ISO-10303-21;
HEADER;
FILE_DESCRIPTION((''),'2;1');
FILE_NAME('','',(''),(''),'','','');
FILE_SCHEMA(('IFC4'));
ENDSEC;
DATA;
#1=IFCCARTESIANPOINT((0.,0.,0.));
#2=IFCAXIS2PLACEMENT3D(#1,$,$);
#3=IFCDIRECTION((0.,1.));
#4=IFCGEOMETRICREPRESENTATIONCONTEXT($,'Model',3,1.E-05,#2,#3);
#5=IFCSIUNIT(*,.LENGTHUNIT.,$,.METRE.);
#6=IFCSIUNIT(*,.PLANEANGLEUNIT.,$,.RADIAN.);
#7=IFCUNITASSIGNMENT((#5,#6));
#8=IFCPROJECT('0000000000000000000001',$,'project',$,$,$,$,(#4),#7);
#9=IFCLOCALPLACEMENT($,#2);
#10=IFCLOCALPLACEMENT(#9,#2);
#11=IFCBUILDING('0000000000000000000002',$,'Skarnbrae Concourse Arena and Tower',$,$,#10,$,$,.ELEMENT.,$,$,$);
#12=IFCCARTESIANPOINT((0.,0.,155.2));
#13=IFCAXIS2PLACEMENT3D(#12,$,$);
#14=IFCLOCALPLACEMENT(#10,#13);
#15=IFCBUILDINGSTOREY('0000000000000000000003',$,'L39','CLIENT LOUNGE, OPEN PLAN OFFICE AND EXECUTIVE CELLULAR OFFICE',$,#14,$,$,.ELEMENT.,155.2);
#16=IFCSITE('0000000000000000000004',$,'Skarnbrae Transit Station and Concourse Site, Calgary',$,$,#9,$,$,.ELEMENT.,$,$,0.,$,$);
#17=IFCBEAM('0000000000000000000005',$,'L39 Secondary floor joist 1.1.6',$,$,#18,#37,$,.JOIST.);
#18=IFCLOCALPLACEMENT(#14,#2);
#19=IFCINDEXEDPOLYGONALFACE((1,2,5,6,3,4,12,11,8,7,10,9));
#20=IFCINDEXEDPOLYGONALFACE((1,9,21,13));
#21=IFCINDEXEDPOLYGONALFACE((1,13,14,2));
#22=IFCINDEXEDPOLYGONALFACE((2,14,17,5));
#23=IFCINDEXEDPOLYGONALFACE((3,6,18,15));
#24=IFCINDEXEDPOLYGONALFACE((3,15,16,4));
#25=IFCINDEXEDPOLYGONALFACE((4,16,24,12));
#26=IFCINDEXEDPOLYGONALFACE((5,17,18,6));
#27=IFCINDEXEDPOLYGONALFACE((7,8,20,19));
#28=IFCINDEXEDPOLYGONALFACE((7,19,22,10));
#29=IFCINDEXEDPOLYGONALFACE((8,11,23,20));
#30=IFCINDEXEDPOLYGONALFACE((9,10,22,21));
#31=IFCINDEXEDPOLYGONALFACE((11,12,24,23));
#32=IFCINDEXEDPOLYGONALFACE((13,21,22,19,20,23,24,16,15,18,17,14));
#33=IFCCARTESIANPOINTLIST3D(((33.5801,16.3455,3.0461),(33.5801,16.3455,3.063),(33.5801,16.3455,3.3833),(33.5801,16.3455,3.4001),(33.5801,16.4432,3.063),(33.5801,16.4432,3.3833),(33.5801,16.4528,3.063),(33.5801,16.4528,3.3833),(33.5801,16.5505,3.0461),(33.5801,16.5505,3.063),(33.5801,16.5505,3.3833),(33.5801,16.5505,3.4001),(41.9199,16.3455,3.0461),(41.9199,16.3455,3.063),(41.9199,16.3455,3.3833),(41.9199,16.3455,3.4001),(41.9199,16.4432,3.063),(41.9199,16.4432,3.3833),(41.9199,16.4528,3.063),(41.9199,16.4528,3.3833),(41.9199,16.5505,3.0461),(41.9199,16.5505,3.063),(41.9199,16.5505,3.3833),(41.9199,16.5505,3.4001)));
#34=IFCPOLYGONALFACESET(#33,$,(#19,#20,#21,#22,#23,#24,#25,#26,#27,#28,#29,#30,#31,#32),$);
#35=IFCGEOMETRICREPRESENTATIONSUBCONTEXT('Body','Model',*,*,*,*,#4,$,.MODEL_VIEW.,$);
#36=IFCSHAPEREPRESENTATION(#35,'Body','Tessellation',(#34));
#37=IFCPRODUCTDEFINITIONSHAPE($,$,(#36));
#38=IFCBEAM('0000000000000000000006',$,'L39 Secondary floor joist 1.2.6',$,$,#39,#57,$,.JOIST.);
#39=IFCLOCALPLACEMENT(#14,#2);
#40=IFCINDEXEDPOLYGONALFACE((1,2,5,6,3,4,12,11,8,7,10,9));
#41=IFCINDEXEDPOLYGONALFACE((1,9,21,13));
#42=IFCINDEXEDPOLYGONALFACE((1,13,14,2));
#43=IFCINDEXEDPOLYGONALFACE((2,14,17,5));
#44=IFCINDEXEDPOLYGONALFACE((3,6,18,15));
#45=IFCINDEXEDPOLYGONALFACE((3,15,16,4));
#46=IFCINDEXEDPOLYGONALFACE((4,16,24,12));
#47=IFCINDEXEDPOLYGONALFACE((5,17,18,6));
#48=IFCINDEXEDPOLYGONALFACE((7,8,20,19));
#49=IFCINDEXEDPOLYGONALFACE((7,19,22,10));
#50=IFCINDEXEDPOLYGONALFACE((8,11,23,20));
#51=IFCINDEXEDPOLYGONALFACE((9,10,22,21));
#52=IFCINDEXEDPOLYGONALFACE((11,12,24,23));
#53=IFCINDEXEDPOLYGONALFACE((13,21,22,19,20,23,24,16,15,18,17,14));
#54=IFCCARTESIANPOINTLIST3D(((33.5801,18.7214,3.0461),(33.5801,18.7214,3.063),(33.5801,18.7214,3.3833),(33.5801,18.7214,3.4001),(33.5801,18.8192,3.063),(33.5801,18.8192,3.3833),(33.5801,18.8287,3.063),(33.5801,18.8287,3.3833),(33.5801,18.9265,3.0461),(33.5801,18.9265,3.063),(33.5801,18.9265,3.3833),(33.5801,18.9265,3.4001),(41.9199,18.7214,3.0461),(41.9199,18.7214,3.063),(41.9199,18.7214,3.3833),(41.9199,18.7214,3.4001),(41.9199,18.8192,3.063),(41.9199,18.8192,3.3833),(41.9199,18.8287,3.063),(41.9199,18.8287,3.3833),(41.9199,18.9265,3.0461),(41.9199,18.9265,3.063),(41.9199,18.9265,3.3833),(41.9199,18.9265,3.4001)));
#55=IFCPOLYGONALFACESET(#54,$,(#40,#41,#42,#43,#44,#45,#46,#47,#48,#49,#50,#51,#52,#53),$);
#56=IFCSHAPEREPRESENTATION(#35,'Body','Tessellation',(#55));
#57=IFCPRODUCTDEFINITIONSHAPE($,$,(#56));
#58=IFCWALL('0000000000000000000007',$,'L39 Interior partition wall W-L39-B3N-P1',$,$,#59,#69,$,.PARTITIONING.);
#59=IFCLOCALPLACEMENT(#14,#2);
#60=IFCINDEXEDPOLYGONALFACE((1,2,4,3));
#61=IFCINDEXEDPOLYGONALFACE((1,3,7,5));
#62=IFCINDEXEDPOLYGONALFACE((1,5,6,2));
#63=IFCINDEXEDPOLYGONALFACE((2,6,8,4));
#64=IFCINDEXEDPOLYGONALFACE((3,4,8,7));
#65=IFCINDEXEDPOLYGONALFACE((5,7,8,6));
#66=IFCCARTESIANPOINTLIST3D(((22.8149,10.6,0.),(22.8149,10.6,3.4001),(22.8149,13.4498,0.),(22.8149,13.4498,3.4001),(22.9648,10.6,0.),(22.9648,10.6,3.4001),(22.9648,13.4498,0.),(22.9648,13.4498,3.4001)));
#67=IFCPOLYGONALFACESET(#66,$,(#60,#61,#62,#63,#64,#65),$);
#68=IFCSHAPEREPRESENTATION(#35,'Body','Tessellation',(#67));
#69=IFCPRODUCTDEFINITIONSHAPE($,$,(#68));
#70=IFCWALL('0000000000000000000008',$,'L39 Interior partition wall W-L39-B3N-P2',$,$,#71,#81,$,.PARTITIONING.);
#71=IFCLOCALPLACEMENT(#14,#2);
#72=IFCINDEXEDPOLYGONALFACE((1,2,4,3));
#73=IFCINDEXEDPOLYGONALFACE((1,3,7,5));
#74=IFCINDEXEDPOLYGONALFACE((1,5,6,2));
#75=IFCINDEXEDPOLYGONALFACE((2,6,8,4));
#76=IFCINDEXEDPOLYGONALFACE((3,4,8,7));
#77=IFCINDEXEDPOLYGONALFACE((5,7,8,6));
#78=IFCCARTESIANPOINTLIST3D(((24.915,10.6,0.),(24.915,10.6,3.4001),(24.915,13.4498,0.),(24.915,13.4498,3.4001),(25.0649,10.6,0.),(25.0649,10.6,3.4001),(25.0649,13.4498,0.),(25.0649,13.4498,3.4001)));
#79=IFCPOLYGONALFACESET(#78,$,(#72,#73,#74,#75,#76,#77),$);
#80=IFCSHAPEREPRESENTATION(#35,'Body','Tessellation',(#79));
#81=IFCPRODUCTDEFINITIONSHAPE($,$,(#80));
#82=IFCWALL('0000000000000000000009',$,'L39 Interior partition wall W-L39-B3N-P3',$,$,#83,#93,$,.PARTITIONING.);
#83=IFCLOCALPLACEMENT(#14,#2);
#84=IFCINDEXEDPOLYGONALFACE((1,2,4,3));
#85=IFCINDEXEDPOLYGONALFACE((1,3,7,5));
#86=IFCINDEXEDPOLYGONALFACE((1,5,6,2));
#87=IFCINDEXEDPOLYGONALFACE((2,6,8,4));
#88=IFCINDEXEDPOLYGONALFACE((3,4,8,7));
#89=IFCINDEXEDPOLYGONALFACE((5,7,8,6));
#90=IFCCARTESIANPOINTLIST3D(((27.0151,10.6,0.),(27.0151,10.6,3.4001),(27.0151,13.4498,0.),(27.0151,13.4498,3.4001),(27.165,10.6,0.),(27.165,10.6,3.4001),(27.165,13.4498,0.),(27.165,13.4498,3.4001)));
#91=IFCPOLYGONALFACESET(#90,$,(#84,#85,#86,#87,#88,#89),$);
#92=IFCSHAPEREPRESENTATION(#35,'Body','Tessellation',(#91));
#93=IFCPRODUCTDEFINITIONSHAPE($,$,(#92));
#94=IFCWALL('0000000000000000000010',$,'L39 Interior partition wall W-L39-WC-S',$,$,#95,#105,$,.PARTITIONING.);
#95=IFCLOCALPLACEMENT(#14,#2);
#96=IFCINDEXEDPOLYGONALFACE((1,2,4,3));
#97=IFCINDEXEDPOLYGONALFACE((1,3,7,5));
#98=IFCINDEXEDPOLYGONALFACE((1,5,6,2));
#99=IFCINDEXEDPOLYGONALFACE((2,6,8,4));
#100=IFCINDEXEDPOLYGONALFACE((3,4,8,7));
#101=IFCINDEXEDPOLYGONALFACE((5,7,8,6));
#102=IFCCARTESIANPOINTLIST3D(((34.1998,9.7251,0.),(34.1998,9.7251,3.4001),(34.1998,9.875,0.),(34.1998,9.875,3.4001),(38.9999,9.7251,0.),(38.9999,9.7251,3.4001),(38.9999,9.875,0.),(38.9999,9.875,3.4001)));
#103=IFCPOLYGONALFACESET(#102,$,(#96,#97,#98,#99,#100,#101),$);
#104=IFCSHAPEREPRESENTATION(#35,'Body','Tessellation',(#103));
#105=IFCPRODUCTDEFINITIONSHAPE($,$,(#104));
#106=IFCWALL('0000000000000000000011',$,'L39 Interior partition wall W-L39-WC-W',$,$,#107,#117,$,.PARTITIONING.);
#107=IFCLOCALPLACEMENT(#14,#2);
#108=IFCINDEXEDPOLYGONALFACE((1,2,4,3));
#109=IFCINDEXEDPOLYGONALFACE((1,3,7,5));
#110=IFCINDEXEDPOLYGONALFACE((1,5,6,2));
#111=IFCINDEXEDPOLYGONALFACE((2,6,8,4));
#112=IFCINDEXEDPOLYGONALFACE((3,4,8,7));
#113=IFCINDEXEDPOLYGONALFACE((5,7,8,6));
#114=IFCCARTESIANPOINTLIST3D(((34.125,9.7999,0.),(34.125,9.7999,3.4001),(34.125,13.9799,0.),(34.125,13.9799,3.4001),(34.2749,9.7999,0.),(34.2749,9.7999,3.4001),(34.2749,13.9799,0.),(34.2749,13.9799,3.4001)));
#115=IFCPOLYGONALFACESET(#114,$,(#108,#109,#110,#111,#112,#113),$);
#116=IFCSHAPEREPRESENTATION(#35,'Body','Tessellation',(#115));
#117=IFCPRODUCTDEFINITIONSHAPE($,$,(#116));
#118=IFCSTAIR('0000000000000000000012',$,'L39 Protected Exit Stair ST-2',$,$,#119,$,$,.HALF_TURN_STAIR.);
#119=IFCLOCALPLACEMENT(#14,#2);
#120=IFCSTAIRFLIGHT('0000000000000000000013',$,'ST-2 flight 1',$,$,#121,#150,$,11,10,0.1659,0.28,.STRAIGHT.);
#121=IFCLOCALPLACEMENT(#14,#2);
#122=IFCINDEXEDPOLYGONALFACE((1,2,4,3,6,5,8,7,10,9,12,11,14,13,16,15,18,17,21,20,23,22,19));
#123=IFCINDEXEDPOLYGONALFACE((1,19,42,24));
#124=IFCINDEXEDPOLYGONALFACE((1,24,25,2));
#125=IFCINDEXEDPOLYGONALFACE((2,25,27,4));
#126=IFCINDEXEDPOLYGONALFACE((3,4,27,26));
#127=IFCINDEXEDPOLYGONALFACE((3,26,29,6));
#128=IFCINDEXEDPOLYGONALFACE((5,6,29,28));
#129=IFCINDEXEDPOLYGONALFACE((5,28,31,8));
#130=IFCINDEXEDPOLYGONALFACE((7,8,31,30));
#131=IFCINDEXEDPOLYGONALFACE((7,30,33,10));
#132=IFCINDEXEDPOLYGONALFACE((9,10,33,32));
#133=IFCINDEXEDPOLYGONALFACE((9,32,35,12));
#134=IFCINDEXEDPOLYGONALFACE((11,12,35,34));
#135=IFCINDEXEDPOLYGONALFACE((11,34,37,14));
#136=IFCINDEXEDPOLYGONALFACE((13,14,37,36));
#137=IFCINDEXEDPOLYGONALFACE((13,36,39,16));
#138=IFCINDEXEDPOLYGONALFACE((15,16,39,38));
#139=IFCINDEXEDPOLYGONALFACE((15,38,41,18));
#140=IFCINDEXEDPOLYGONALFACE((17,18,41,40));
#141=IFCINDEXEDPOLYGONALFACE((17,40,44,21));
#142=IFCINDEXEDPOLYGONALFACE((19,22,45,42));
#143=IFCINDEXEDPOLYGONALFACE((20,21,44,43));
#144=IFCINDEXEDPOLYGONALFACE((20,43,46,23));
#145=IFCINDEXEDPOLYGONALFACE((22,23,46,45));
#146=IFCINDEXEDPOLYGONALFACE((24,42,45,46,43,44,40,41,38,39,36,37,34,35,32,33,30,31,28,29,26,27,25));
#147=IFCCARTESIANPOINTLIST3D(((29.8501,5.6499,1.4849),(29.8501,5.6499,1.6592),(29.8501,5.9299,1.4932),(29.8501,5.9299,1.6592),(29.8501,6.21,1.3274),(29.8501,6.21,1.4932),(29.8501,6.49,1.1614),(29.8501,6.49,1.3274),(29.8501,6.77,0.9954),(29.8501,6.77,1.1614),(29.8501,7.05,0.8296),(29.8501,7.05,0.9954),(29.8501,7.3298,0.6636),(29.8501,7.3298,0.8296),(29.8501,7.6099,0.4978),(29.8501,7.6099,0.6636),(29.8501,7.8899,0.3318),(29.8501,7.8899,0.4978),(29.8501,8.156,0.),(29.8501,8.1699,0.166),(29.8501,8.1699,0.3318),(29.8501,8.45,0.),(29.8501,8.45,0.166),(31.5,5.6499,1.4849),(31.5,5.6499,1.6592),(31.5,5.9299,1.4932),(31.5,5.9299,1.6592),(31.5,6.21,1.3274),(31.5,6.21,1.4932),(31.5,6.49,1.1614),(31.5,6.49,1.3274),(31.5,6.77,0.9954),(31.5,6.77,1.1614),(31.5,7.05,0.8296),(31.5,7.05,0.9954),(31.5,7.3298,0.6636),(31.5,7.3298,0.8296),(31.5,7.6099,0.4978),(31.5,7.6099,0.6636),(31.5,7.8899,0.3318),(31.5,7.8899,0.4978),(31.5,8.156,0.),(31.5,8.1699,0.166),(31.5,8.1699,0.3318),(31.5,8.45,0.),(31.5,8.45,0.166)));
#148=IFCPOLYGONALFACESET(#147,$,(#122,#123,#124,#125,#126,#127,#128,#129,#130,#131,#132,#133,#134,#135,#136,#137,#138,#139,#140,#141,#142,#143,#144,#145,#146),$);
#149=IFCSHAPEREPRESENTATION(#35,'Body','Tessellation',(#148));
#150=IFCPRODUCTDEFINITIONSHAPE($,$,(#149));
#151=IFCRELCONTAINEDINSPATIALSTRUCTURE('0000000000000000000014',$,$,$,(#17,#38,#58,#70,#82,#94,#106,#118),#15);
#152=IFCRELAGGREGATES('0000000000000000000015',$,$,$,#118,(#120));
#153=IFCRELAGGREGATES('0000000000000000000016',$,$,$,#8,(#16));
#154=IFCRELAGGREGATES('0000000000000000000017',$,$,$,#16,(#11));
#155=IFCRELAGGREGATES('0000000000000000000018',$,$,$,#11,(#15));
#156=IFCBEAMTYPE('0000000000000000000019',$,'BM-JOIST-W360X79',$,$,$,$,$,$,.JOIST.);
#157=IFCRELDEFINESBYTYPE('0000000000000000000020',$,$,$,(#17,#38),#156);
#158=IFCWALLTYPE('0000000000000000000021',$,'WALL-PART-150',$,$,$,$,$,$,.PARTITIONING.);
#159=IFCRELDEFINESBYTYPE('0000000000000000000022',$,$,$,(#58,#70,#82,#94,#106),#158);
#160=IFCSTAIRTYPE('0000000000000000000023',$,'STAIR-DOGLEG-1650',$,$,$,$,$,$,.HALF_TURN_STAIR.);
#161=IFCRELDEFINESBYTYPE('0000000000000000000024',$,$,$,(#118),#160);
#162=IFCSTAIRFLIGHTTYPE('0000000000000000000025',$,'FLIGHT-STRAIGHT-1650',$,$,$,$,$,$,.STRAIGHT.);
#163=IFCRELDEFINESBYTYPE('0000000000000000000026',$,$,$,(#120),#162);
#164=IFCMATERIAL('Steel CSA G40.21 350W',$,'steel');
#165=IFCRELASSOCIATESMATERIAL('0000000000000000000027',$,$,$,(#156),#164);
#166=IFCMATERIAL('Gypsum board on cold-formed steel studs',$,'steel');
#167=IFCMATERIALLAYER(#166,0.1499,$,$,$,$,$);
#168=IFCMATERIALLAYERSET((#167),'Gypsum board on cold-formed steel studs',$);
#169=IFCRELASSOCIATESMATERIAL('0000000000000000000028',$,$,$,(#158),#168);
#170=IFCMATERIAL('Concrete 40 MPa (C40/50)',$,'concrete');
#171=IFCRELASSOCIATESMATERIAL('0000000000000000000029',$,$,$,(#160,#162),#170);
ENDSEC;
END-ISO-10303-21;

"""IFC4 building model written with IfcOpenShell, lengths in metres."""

from ifc_helpers import new_model, si_unit, direction, frame, frame_2d, origin, origin_2d, place, context, subcontext, project, spatial, polyline, rectangle, i_section, outline, extrude, source, transform, mapped, material, layer, layer_set, material_profile, profile_set, type_object, element, aggregate, save


model = new_model("IFC4")

# Units and contexts
model_context = context("Model", 3, precision=1e-05, world=origin(), true_north=direction((0.0, 1.0)))
body_context = subcontext(model_context, "Body", "Model", "MODEL_VIEW")
ifc_project = project(units=[si_unit("LENGTHUNIT", "METRE"), si_unit("PLANEANGLEUNIT", "RADIAN")], contexts=[model_context])

# Site, building, storey
site_placement = place(None, origin())
site = spatial("IfcSite", under=ifc_project, at=site_placement, Name="Skarnbrae Transit Station and Concourse Site, Calgary", CompositionType="ELEMENT", RefElevation=0.0)
building_placement = place(site_placement, origin())
building = spatial("IfcBuilding", under=site, at=building_placement, Name="Skarnbrae Concourse Arena and Tower", CompositionType="ELEMENT")
storey_placement = place(building_placement, frame((0.0, 0.0, 155.2)))
storey = spatial("IfcBuildingStorey", under=building, at=storey_placement, Name="L39", Description="CLIENT LOUNGE, OPEN PLAN OFFICE AND EXECUTIVE CELLULAR OFFICE", CompositionType="ELEMENT", Elevation=155.2)

# Shared definitions
ifc_material_1 = material(Name="Steel CSA G40.21 350W", Category="steel")

# Beams
ifc_material_profile_1 = material_profile(ifc_material_1, i_section(OverallWidth=0.2051, OverallDepth=0.354, WebThickness=0.0095, FlangeThickness=0.0168, at=origin_2d()), Name="W360X79")
ifc_profile_set_1 = profile_set([ifc_material_profile_1], Name="Steel CSA G40.21 350W")
beam_type_1 = type_object("IfcBeamType", Name="BM-JOIST-W360X79", PredefinedType="JOIST", material=ifc_profile_set_1)
shared_shape_1 = source(origin(), body_context, "Body", "SweptSolid", [
    extrude(i_section(OverallWidth=0.2051, OverallDepth=0.354, WebThickness=0.0095, FlangeThickness=0.0168, at=origin_2d()), origin(), (0.0, 0.0, 1.0), 8.3398),
])
for number, where, z_axis, x_axis, name in (
    (1, (33.5801, 16.448, 3.2231), (1.0, 0.0, 0.0), (0.0, 1.0, 0.0), "L39 Secondary floor joist 1.1.6"),
    (2, (33.5801, 18.824, 3.2231), (1.0, 0.0, 0.0), (0.0, 1.0, 0.0), "L39 Secondary floor joist 1.2.6"),
):
    element("IfcBeam", number, at=place(storey_placement, frame(where, z_axis=z_axis, x_axis=x_axis)), inside=storey, type_object=beam_type_1, Name=name, PredefinedType="JOIST", context=body_context, shape_type="MappedRepresentation", body=[
        mapped(shared_shape_1, transform((0.0, 0.0, 0.0))),
    ])

# Walls
ifc_material_2 = material(Name="Gypsum board on cold-formed steel studs", Category="steel")
ifc_layer_1 = layer(ifc_material_2, 0.1499)
ifc_layer_set_1 = layer_set([ifc_layer_1], Name="Gypsum board on cold-formed steel studs")
wall_type_1 = type_object("IfcWallType", Name="WALL-PART-150", PredefinedType="PARTITIONING", material=ifc_layer_set_1)
shared_shape_2 = source(origin(), body_context, "Body", "SweptSolid", [
    extrude(rectangle(XDim=2.8499, YDim=0.1499, at=frame_2d((1.4248, 0.0))), origin(), (0.0, 0.0, 1.0), 3.4001),
])
for number, where, z_axis, x_axis, name in (
    (3, (22.8899, 10.6001, 0.0), (0.0, 0.0, 1.0), (0.0, 1.0, 0.0), "L39 Interior partition wall W-L39-B3N-P1"),
    (4, (24.99, 10.6001, 0.0), (0.0, 0.0, 1.0), (0.0, 1.0, 0.0), "L39 Interior partition wall W-L39-B3N-P2"),
    (5, (27.0901, 10.6001, 0.0), (0.0, 0.0, 1.0), (0.0, 1.0, 0.0), "L39 Interior partition wall W-L39-B3N-P3"),
):
    element("IfcWall", number, at=place(storey_placement, frame(where, z_axis=z_axis, x_axis=x_axis)), inside=storey, type_object=wall_type_1, Name=name, PredefinedType="PARTITIONING", context=body_context, shape_type="MappedRepresentation", body=[
        mapped(shared_shape_2, transform((0.0, 0.0, 0.0))),
    ])
shared_shape_3 = source(origin(), body_context, "Body", "SweptSolid", [
    extrude(rectangle(XDim=4.8, YDim=0.1499, at=frame_2d((2.3999, 0.0))), origin(), (0.0, 0.0, 1.0), 3.4001),
])
wall_1_placement = place(storey_placement, frame((34.2, 9.8, 0.0), z_axis=(0.0, 0.0, 1.0), x_axis=(1.0, 0.0, 0.0)))
element("IfcWall", 6, at=wall_1_placement, inside=storey, type_object=wall_type_1, Name="L39 Interior partition wall W-L39-WC-S", PredefinedType="PARTITIONING", context=body_context, shape_type="MappedRepresentation", body=[
    mapped(shared_shape_3, transform((0.0, 0.0, 0.0))),
])
shared_shape_4 = source(origin(), body_context, "Body", "SweptSolid", [
    extrude(rectangle(XDim=4.1799, YDim=0.1499, at=frame_2d((2.0898, 0.0))), origin(), (0.0, 0.0, 1.0), 3.4001),
])
wall_2_placement = place(storey_placement, frame((34.2, 9.8, 0.0), z_axis=(0.0, 0.0, 1.0), x_axis=(0.0, 1.0, 0.0)))
element("IfcWall", 7, at=wall_2_placement, inside=storey, type_object=wall_type_1, Name="L39 Interior partition wall W-L39-WC-W", PredefinedType="PARTITIONING", context=body_context, shape_type="MappedRepresentation", body=[
    mapped(shared_shape_4, transform((0.0, 0.0, 0.0))),
])

# Stair, stair flight
ifc_material_3 = material(Name="Concrete 40 MPa (C40/50)", Category="concrete")
stair_type = type_object("IfcStairType", Name="STAIR-DOGLEG-1650", PredefinedType="HALF_TURN_STAIR", material=ifc_material_3)
stair_placement = place(storey_placement, origin())
stair = element("IfcStair", 8, at=stair_placement, inside=storey, type_object=stair_type, Name="L39 Protected Exit Stair ST-2", PredefinedType="HALF_TURN_STAIR")
stair_flight_type = type_object("IfcStairFlightType", Name="FLIGHT-STRAIGHT-1650", PredefinedType="STRAIGHT", material=ifc_material_3)
shared_shape_5 = source(origin(), body_context, "Body", "SweptSolid", [
    extrude(outline(polyline([(0.0, 0.0), (0.0, 0.166), (0.28, 0.166), (0.28, 0.3318), (0.5601, 0.3318), (0.5601, 0.4978), (0.8401, 0.4978), (0.8401, 0.6636), (1.1201, 0.6636), (1.1201, 0.8296), (1.3999, 0.8296), (1.3999, 0.9954), (1.6799, 0.9954), (1.6799, 1.1614), (1.96, 1.1614), (1.96, 1.3274), (2.24, 1.3274), (2.24, 1.4932), (2.52, 1.4932), (2.52, 1.6592), (2.8, 1.6592), (2.8, 1.825), (2.8, 1.4849), (0.2939, 0.0), (0.0, 0.0)])), frame((0.0, 0.825, 0.0), z_axis=(0.0, -1.0, 0.0), x_axis=(1.0, 0.0, 0.0)), (0.0, 0.0, 1.0), 1.6499),
])
stair_flight_placement = place(storey_placement, frame((30.675, 8.45, 0.0), z_axis=(0.0, 0.0, 1.0), x_axis=(0.0, -1.0, 0.0)))
stair_flight = element("IfcStairFlight", 9, at=stair_flight_placement, type_object=stair_flight_type, Name="ST-2 flight 1", NumberOfRisers=11, NumberOfTreads=10, PredefinedType="STRAIGHT", RiserHeight=0.1659, TreadLength=0.28, context=body_context, shape_type="MappedRepresentation", body=[
    mapped(shared_shape_5, transform((0.0, 0.0, 0.0))),
])
aggregate(stair, [stair_flight])

save(model, "model.ifc")
